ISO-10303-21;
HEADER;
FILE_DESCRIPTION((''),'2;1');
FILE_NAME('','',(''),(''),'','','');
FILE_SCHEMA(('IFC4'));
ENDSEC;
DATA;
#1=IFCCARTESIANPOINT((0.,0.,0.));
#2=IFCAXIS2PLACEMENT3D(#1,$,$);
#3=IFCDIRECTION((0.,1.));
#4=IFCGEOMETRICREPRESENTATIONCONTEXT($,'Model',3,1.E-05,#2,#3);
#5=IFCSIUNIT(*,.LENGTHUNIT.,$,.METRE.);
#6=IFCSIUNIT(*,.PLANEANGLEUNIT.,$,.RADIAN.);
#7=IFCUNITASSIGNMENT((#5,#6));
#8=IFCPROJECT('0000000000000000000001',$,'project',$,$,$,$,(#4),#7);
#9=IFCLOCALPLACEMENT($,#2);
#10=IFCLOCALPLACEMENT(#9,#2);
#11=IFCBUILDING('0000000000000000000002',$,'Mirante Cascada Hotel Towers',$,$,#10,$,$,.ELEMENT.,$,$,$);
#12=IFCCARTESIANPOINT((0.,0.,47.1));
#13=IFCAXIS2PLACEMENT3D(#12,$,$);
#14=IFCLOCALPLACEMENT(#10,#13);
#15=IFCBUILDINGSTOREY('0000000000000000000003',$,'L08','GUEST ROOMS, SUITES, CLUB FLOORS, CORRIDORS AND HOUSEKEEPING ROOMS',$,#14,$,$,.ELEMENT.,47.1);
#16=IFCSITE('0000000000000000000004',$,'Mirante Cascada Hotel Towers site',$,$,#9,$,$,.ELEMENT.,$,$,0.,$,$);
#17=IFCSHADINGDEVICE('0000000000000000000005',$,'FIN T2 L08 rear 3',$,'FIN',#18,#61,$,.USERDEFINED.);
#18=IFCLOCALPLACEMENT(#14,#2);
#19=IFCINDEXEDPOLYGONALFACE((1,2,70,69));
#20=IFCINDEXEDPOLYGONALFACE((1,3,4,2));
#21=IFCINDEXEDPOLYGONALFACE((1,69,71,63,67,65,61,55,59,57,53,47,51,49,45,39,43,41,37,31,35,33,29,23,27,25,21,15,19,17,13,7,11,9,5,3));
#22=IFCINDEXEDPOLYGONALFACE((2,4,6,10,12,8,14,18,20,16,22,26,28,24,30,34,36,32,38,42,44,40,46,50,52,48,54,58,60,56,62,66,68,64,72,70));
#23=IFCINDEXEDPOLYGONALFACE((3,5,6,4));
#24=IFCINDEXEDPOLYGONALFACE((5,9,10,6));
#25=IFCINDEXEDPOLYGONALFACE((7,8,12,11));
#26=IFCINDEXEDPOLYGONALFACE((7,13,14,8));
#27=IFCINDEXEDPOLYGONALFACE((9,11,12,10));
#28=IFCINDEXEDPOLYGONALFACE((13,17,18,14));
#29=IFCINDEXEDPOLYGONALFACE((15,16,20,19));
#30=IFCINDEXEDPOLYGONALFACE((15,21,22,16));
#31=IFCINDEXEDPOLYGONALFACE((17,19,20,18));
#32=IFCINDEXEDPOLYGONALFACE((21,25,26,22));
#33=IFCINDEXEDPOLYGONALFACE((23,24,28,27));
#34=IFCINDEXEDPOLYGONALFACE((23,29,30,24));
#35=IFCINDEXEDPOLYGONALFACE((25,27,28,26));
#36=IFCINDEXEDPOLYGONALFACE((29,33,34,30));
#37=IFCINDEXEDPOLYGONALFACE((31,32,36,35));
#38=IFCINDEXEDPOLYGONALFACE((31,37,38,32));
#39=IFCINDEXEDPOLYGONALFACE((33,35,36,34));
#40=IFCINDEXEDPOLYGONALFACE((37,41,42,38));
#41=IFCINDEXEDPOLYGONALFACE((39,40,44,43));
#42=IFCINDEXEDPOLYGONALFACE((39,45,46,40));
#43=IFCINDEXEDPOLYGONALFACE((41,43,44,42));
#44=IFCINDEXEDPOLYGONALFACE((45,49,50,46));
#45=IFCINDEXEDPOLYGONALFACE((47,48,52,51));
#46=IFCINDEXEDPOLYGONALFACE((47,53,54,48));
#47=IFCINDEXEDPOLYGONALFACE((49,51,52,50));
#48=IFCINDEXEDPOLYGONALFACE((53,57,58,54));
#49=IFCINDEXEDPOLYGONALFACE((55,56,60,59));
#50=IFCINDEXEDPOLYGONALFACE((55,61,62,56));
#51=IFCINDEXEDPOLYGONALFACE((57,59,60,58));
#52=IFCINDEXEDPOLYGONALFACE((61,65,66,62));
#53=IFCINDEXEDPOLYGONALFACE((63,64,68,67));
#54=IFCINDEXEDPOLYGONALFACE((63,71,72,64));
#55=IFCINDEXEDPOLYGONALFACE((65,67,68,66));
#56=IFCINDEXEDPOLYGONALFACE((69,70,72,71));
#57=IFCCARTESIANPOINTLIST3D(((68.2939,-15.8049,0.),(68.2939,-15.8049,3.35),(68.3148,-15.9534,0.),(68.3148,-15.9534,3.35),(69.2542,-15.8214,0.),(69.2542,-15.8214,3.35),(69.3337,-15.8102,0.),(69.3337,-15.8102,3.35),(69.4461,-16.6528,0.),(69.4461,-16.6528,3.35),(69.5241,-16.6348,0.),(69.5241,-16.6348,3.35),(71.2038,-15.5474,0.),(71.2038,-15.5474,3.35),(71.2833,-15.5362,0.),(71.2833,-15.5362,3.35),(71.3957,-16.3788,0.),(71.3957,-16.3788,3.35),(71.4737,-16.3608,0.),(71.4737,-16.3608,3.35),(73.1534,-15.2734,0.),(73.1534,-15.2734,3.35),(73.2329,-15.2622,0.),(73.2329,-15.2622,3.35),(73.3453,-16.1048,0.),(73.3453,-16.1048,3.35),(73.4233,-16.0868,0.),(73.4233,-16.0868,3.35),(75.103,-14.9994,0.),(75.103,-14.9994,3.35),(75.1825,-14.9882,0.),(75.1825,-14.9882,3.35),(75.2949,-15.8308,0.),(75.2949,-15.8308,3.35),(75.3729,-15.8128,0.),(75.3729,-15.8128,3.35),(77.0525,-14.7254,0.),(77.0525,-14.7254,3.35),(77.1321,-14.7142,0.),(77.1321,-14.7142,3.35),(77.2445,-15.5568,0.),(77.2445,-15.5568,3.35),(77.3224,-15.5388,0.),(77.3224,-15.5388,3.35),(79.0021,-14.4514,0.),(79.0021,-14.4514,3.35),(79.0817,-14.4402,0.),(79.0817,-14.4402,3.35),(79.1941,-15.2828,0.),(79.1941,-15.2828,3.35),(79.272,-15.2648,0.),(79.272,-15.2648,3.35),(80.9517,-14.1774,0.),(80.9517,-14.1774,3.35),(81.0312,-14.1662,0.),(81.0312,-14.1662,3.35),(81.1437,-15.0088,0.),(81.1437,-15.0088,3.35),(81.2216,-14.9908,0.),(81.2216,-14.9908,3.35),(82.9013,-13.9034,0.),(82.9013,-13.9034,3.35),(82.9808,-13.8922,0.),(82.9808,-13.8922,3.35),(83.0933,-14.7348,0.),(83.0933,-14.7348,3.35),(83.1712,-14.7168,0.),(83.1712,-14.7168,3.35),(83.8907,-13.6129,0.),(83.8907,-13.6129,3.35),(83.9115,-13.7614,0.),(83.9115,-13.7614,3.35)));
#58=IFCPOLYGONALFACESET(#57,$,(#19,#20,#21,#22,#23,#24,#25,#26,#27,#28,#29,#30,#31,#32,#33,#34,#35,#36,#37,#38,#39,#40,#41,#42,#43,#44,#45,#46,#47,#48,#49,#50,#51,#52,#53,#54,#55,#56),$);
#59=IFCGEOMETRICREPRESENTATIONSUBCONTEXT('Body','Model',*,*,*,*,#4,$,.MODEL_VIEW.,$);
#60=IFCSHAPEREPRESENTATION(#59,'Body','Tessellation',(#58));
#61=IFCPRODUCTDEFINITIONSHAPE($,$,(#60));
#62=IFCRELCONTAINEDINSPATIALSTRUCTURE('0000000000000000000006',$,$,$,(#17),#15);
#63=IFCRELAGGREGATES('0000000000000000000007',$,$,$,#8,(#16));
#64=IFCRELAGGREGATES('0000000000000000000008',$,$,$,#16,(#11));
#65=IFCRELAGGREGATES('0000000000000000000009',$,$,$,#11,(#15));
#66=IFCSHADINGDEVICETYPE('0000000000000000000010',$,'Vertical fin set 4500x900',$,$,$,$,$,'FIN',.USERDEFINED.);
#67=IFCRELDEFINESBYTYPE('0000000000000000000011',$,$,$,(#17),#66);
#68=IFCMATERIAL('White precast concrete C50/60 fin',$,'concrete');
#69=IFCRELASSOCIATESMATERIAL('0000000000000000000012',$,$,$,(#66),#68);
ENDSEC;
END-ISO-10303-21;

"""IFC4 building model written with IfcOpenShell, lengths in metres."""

from ifc_helpers import new_model, si_unit, direction, frame, origin, place, context, subcontext, project, spatial, polyline, outline, extrude, material, type_object, element, save


model = new_model("IFC4")

# Units and contexts
model_context = context("Model", 3, precision=1e-05, world=origin(), true_north=direction((0.0, 1.0)))
body_context = subcontext(model_context, "Body", "Model", "MODEL_VIEW")
ifc_project = project(units=[si_unit("LENGTHUNIT", "METRE"), si_unit("PLANEANGLEUNIT", "RADIAN")], contexts=[model_context])

# Site, building, storey
site_placement = place(None, origin())
site = spatial("IfcSite", under=ifc_project, at=site_placement, Name="Mirante Cascada Hotel Towers site", CompositionType="ELEMENT", RefElevation=0.0)
building_placement = place(site_placement, origin())
building = spatial("IfcBuilding", under=site, at=building_placement, Name="Mirante Cascada Hotel Towers", CompositionType="ELEMENT")
storey_placement = place(building_placement, frame((0.0, 0.0, 47.1)))
storey = spatial("IfcBuildingStorey", under=building, at=storey_placement, Name="L08", Description="GUEST ROOMS, SUITES, CLUB FLOORS, CORRIDORS AND HOUSEKEEPING ROOMS", CompositionType="ELEMENT", Elevation=47.1)

# Shading device
ifc_material_1 = material(Name="White precast concrete C50/60 fin", Category="concrete")
shading_device_type = type_object("IfcShadingDeviceType", Name="Vertical fin set 4500x900", ElementType="FIN", PredefinedType="USERDEFINED", material=ifc_material_1)
shading_device_1_placement = place(storey_placement, origin())
element("IfcShadingDevice", 1, at=shading_device_1_placement, inside=storey, type_object=shading_device_type, Name="FIN T2 L08 rear 3", ObjectType="FIN", PredefinedType="USERDEFINED", context=body_context, shape_type="SweptSolid", body=[
    extrude(outline(polyline([(69.4461, -16.6528), (69.2542, -15.8214), (68.3148, -15.9534), (68.2939, -15.8049), (83.8907, -13.6129), (83.9115, -13.7614), (82.9808, -13.8922), (83.1712, -14.7168), (83.0933, -14.7348), (82.9013, -13.9034), (81.0312, -14.1662), (81.2216, -14.9908), (81.1437, -15.0088), (80.9517, -14.1774), (79.0817, -14.4402), (79.272, -15.2648), (79.1941, -15.2828), (79.0021, -14.4514), (77.1321, -14.7142), (77.3224, -15.5388), (77.2445, -15.5568), (77.0525, -14.7254), (75.1825, -14.9882), (75.3729, -15.8128), (75.2949, -15.8308), (75.103, -14.9994), (73.2329, -15.2622), (73.4233, -16.0868), (73.3453, -16.1048), (73.1534, -15.2734), (71.2833, -15.5362), (71.4737, -16.3608), (71.3957, -16.3788), (71.2038, -15.5474), (69.3337, -15.8102), (69.5241, -16.6348), (69.4461, -16.6528)])), origin(), (0.0, 0.0, 1.0), 3.35),
])

save(model, "model.ifc")
